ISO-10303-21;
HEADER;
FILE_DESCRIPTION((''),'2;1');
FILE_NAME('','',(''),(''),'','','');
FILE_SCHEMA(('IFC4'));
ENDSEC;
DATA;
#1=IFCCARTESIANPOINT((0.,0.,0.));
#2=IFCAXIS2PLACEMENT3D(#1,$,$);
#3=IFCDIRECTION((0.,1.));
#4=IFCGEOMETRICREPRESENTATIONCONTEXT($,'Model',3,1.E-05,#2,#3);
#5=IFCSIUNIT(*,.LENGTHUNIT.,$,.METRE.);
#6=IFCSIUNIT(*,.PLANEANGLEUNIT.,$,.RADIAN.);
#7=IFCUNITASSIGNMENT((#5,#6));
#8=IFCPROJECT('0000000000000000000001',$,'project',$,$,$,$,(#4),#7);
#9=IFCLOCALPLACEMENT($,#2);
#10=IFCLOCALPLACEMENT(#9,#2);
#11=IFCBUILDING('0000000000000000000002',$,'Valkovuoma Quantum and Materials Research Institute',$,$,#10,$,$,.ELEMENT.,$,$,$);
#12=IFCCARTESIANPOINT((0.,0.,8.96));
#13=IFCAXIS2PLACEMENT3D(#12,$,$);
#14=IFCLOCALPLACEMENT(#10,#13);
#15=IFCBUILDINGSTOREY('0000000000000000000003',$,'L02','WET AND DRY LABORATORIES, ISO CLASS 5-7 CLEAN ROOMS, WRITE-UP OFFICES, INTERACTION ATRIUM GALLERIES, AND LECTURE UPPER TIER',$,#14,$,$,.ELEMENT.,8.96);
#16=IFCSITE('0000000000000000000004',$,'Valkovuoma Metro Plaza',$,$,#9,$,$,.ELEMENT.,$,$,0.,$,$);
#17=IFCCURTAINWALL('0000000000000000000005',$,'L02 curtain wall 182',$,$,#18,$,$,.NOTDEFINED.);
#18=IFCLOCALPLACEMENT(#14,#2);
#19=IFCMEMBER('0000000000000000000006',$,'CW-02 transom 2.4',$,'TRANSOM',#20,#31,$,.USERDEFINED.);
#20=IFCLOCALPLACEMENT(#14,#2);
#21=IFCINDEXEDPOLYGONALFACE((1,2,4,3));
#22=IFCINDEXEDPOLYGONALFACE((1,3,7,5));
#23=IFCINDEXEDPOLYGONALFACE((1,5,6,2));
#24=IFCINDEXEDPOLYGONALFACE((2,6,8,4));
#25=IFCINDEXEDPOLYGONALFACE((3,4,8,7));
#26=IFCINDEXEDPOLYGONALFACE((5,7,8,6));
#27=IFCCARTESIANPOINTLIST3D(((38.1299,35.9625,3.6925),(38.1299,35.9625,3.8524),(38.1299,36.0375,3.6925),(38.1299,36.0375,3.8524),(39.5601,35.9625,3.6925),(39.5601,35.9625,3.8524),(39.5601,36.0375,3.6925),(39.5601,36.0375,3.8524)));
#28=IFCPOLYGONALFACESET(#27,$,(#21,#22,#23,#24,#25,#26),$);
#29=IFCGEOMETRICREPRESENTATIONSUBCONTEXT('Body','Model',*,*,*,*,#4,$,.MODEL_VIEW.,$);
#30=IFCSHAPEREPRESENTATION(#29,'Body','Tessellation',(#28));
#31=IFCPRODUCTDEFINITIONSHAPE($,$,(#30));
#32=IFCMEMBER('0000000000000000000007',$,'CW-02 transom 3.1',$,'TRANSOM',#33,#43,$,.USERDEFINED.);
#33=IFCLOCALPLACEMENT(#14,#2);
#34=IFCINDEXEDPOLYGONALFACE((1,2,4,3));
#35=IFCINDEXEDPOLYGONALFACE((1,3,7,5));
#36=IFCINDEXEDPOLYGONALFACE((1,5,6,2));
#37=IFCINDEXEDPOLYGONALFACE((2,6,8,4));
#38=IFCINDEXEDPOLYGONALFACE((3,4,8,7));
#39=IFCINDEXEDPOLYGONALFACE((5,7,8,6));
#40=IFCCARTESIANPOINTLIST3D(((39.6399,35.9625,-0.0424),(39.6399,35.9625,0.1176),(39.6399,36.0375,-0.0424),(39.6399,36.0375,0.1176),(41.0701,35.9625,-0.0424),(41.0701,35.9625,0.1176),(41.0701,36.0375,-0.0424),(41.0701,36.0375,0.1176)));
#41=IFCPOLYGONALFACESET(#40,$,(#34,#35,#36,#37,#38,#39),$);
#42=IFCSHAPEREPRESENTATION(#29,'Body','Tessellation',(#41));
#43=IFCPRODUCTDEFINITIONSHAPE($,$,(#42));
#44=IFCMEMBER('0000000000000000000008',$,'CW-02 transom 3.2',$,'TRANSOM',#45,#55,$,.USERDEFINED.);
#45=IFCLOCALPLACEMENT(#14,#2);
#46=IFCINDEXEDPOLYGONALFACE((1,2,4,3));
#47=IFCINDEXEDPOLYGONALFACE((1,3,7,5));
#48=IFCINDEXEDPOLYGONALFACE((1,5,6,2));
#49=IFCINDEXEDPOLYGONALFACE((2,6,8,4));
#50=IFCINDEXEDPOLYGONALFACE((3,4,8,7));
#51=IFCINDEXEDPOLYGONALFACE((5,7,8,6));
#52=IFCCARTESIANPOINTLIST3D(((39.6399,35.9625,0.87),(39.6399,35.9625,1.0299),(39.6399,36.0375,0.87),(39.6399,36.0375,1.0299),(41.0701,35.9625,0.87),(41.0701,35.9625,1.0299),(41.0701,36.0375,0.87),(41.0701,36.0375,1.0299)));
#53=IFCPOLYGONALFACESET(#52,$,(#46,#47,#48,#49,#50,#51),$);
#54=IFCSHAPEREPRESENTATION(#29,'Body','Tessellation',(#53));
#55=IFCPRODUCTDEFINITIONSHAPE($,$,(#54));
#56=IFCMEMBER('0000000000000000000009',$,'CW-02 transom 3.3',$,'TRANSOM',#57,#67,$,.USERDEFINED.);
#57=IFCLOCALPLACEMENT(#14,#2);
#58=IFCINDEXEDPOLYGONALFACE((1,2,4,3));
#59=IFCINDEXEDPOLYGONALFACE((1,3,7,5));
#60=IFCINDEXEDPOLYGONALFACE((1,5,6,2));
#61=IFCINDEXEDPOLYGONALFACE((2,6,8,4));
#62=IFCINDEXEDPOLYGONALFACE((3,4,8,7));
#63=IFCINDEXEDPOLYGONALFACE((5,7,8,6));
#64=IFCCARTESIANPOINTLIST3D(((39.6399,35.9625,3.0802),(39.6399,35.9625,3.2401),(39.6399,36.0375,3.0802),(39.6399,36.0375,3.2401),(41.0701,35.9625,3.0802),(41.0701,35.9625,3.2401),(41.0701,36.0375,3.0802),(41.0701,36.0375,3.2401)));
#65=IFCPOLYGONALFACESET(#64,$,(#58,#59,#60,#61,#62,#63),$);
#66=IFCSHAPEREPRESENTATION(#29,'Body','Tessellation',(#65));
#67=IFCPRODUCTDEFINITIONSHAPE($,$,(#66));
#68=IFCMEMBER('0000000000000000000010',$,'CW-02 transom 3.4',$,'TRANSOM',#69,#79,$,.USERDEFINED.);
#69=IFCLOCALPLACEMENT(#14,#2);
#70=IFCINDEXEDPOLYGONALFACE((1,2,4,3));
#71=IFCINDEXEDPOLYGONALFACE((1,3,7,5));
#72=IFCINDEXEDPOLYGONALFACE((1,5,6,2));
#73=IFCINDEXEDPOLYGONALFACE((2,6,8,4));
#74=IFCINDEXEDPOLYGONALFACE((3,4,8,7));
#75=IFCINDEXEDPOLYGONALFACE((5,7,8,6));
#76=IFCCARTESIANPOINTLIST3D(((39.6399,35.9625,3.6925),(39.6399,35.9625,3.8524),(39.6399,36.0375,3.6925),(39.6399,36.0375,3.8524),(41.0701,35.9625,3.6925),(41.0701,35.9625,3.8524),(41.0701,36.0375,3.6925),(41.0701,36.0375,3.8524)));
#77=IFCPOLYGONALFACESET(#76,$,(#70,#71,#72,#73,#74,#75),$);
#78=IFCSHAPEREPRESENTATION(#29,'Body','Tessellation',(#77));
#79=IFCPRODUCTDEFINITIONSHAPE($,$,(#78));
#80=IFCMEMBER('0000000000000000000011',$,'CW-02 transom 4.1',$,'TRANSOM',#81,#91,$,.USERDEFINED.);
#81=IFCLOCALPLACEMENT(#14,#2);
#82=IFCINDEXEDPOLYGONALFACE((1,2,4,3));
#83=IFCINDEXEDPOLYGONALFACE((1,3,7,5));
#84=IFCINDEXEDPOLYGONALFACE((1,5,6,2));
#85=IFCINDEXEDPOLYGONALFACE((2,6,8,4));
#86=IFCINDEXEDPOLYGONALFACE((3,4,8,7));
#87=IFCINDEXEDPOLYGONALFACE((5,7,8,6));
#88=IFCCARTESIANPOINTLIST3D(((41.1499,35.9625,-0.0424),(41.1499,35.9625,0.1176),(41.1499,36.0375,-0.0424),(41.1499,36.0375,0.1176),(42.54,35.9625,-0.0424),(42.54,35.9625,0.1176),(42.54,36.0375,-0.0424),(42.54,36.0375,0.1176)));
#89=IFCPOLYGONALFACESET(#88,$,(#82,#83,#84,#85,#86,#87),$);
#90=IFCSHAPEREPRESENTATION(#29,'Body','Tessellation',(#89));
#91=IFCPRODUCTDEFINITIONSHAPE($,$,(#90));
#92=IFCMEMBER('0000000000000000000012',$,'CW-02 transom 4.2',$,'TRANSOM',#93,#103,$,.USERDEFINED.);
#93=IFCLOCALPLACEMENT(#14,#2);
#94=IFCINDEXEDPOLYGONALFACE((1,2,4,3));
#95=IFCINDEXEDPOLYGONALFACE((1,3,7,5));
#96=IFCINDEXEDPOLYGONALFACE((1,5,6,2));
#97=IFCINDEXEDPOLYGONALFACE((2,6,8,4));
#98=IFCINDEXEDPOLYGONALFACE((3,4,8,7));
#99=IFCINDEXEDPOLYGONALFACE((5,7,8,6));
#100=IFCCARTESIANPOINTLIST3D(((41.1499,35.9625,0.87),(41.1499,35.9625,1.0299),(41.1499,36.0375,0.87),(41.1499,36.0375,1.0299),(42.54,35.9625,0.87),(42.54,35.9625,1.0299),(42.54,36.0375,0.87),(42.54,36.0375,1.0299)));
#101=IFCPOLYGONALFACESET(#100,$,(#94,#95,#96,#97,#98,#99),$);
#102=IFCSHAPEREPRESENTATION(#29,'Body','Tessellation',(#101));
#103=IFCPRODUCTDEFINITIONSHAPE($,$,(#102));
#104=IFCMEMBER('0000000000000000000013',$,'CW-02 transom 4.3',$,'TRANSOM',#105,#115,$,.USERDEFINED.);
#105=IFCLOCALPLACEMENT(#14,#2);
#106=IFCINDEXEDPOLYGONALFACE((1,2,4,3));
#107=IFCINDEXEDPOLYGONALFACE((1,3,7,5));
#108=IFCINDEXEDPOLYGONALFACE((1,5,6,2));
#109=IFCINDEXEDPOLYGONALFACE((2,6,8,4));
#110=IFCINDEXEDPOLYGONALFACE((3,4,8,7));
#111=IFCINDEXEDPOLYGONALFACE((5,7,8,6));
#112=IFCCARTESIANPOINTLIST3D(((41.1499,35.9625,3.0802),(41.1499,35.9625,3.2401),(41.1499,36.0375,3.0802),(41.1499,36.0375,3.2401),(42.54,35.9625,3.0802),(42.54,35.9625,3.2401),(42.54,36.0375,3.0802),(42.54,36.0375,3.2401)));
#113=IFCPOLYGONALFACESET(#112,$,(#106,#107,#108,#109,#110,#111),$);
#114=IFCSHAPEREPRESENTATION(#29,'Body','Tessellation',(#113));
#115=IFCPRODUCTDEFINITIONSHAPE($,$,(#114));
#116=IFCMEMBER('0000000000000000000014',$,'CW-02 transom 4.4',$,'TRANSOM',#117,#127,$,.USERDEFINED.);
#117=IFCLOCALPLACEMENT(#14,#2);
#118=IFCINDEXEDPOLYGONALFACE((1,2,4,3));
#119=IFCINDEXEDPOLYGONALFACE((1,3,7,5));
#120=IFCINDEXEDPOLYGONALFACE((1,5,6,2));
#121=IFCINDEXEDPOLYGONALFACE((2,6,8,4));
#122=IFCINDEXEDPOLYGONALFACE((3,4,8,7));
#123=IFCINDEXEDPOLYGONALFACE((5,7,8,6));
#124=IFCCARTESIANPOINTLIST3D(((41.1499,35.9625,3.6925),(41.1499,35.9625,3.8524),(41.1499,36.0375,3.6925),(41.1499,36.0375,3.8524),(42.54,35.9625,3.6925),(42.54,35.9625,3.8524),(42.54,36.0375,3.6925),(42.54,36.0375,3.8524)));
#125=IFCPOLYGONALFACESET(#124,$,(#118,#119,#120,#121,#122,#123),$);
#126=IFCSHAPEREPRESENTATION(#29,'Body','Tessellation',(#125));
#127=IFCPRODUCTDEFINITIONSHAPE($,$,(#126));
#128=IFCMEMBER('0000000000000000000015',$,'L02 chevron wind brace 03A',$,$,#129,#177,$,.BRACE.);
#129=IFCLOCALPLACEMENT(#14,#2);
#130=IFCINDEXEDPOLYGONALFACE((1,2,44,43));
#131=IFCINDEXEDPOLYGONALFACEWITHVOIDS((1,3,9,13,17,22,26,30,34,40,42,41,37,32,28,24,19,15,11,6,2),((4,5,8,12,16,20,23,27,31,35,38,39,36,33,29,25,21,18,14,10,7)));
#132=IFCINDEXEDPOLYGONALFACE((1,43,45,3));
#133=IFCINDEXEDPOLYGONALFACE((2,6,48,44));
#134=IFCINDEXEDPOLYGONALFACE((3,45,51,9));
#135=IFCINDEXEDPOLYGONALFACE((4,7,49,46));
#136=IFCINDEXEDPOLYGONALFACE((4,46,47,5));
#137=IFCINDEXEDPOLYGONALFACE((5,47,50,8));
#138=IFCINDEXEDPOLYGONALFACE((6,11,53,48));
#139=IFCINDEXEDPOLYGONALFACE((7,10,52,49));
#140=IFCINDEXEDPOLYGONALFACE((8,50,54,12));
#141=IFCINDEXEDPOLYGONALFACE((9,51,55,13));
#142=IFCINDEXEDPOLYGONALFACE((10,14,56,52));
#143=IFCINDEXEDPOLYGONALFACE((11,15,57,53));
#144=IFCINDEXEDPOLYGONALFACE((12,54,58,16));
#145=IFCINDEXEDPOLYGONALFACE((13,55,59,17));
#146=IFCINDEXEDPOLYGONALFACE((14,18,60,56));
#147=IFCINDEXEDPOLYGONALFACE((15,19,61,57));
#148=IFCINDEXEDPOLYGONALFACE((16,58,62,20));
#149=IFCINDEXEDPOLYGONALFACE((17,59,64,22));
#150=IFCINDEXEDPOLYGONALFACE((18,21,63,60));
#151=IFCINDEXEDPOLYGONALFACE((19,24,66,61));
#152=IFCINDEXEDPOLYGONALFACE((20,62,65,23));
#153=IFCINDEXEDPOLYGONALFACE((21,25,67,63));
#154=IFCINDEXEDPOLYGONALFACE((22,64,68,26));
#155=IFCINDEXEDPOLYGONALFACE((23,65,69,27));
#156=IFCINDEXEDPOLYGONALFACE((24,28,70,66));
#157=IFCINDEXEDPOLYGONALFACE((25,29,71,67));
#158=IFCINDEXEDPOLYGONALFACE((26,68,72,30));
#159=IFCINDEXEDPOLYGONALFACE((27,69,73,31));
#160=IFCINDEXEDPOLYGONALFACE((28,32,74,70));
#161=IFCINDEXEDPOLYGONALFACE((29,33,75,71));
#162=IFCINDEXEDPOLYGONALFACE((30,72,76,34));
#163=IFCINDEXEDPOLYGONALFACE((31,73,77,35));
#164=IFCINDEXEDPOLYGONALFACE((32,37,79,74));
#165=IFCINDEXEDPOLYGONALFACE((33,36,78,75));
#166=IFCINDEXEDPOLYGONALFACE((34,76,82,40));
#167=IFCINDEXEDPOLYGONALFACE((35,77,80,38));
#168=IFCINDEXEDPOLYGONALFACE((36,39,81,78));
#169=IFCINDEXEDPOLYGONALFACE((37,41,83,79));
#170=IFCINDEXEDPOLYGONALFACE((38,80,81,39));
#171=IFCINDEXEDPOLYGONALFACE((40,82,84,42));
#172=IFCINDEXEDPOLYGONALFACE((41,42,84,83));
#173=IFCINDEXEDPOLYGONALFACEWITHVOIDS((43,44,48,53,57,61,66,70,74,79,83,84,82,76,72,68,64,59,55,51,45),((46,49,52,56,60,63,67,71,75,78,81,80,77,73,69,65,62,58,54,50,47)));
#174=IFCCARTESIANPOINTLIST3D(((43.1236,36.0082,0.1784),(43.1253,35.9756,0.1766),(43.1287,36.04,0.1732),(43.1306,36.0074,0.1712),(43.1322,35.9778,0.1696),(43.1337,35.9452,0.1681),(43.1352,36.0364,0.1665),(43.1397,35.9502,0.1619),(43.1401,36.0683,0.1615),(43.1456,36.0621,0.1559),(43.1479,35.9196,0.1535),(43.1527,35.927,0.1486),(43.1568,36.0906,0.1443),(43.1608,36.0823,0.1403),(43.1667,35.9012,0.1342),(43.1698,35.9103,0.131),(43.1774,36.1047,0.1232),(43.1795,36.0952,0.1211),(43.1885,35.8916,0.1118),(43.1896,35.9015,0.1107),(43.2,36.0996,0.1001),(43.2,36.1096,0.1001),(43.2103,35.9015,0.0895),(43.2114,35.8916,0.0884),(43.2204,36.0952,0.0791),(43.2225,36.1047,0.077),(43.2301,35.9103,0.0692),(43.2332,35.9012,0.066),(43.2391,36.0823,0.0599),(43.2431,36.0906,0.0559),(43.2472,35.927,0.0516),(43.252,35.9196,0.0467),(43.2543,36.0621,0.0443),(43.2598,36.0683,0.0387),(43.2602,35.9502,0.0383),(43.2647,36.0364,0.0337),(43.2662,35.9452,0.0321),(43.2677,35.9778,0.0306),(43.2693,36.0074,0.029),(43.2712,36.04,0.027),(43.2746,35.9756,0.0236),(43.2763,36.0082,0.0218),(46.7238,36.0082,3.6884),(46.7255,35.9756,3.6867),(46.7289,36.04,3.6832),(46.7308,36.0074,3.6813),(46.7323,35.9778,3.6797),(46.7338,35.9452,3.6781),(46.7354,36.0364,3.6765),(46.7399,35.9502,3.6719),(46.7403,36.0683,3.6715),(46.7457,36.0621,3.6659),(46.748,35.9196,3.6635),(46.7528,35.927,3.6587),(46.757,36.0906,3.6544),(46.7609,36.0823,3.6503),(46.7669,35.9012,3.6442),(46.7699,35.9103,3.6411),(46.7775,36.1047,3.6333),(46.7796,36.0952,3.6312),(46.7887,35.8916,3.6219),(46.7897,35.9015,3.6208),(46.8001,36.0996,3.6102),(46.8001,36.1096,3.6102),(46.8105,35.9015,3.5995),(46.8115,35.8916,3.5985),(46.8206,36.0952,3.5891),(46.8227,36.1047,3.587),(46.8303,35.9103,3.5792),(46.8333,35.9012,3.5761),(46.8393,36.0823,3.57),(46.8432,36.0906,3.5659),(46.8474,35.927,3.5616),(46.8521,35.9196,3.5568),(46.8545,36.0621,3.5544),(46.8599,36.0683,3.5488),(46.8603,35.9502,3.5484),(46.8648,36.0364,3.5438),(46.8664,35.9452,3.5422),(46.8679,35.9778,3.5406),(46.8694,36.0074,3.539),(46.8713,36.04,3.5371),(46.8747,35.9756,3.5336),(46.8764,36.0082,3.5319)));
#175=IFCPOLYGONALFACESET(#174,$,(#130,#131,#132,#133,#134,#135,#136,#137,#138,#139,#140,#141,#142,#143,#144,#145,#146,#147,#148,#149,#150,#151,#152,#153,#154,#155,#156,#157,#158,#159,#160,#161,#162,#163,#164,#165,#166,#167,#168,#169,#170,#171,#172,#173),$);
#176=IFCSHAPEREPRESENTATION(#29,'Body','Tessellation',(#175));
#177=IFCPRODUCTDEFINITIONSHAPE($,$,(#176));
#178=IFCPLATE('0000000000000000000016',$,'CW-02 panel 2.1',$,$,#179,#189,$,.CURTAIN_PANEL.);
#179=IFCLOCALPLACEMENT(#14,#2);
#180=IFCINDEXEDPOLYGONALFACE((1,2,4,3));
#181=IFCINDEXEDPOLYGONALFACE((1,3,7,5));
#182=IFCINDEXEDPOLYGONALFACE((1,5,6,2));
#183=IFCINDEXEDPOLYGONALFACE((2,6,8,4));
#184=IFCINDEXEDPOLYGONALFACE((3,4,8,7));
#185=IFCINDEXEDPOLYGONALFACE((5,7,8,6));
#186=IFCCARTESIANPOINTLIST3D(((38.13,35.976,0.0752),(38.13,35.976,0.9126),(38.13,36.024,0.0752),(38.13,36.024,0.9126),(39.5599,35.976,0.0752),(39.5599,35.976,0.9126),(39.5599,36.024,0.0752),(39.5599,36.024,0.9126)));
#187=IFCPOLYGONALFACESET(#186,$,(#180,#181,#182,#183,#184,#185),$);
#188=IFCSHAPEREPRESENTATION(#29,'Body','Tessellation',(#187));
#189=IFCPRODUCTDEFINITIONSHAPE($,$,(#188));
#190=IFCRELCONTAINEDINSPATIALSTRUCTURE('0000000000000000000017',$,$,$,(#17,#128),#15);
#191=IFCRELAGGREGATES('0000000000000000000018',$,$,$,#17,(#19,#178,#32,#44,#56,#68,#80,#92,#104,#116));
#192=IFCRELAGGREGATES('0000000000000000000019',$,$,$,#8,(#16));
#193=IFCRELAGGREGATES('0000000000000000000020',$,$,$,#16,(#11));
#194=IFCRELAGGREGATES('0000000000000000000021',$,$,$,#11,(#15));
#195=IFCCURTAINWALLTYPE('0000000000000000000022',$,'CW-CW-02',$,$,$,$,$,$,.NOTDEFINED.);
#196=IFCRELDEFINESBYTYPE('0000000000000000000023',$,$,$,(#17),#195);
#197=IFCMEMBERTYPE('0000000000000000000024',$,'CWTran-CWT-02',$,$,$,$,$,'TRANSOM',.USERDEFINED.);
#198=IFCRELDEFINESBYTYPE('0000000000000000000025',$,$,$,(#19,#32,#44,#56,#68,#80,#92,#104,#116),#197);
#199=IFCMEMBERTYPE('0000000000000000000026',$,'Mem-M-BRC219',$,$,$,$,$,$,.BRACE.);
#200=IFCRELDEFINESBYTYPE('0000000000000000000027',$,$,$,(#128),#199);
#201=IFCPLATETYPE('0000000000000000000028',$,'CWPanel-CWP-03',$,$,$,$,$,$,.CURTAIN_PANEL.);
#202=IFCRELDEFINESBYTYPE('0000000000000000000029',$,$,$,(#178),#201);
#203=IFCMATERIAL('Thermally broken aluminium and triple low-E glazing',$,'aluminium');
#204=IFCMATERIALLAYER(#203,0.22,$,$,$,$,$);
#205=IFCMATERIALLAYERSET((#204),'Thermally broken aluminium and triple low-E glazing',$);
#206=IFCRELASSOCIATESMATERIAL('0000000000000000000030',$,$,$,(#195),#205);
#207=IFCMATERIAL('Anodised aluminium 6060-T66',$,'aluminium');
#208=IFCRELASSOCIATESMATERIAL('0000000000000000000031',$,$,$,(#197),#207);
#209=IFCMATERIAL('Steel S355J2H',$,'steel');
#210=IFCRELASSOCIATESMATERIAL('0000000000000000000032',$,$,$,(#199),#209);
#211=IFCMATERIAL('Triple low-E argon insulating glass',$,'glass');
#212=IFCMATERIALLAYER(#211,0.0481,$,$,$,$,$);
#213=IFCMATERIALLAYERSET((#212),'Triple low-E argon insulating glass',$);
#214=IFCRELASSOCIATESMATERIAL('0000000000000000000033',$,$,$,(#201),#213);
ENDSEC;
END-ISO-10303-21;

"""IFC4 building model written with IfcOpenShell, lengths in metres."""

from ifc_helpers import new_model, si_unit, direction, frame, origin, origin_2d, place, context, subcontext, project, spatial, rectangle, hollow_circle, extrude, material, layer, layer_set, material_profile, profile_set, type_object, element, aggregate, save


model = new_model("IFC4")

# Units and contexts
model_context = context("Model", 3, precision=1e-05, world=origin(), true_north=direction((0.0, 1.0)))
body_context = subcontext(model_context, "Body", "Model", "MODEL_VIEW")
ifc_project = project(units=[si_unit("LENGTHUNIT", "METRE"), si_unit("PLANEANGLEUNIT", "RADIAN")], contexts=[model_context])

# Site, building, storey
site_placement = place(None, origin())
site = spatial("IfcSite", under=ifc_project, at=site_placement, Name="Valkovuoma Metro Plaza", CompositionType="ELEMENT", RefElevation=0.0)
building_placement = place(site_placement, origin())
building = spatial("IfcBuilding", under=site, at=building_placement, Name="Valkovuoma Quantum and Materials Research Institute", CompositionType="ELEMENT")
storey_placement = place(building_placement, frame((0.0, 0.0, 8.96)))
storey = spatial("IfcBuildingStorey", under=building, at=storey_placement, Name="L02", Description="WET AND DRY LABORATORIES, ISO CLASS 5-7 CLEAN ROOMS, WRITE-UP OFFICES, INTERACTION ATRIUM GALLERIES, AND LECTURE UPPER TIER", CompositionType="ELEMENT", Elevation=8.96)

# Curtain wall
ifc_material_1 = material(Name="Thermally broken aluminium and triple low-E glazing", Category="aluminium")
ifc_layer_1 = layer(ifc_material_1, 0.22)
ifc_layer_set_1 = layer_set([ifc_layer_1], Name="Thermally broken aluminium and triple low-E glazing")
curtain_wall_type = type_object("IfcCurtainWallType", Name="CW-CW-02", PredefinedType="NOTDEFINED", material=ifc_layer_set_1)
curtain_wall_1_placement = place(storey_placement, origin())
curtain_wall_1 = element("IfcCurtainWall", 1, at=curtain_wall_1_placement, inside=storey, type_object=curtain_wall_type, Name="L02 curtain wall 182", PredefinedType="NOTDEFINED")

# Members
ifc_material_2 = material(Name="Anodised aluminium 6060-T66", Category="aluminium")
ifc_material_profile_1 = material_profile(ifc_material_2, rectangle(XDim=0.075, YDim=0.1599, at=origin_2d()), Name="Anodised aluminium 6060-T66")
ifc_profile_set_1 = profile_set([ifc_material_profile_1], Name="Anodised aluminium 6060-T66")
member_type_1 = type_object("IfcMemberType", Name="CWTran-CWT-02", ElementType="TRANSOM", PredefinedType="USERDEFINED", material=ifc_profile_set_1)
member_1_placement = place(storey_placement, frame((38.1299, 36.0, 3.7725), z_axis=(1.0, 0.0, 0.0), x_axis=(0.0, 1.0, 0.0)))
member_1 = element("IfcMember", 2, at=member_1_placement, type_object=member_type_1, Name="CW-02 transom 2.4", ObjectType="TRANSOM", PredefinedType="USERDEFINED", context=body_context, shape_type="SweptSolid", body=[
    extrude(rectangle(XDim=0.075, YDim=0.1599, at=origin_2d()), origin(), (0.0, 0.0, 1.0), 1.4302),
])
member_2_placement = place(storey_placement, frame((39.6399, 36.0, 0.0376), z_axis=(1.0, 0.0, 0.0), x_axis=(0.0, 1.0, 0.0)))
member_2 = element("IfcMember", 3, at=member_2_placement, type_object=member_type_1, Name="CW-02 transom 3.1", ObjectType="TRANSOM", PredefinedType="USERDEFINED", context=body_context, shape_type="SweptSolid", body=[
    extrude(rectangle(XDim=0.075, YDim=0.1599, at=origin_2d()), origin(), (0.0, 0.0, 1.0), 1.4302),
])
member_3_placement = place(storey_placement, frame((39.6399, 36.0, 0.95), z_axis=(1.0, 0.0, 0.0), x_axis=(0.0, 1.0, 0.0)))
member_3 = element("IfcMember", 4, at=member_3_placement, type_object=member_type_1, Name="CW-02 transom 3.2", ObjectType="TRANSOM", PredefinedType="USERDEFINED", context=body_context, shape_type="SweptSolid", body=[
    extrude(rectangle(XDim=0.075, YDim=0.1599, at=origin_2d()), origin(), (0.0, 0.0, 1.0), 1.4302),
])
member_4_placement = place(storey_placement, frame((39.6399, 36.0, 3.1602), z_axis=(1.0, 0.0, 0.0), x_axis=(0.0, 1.0, 0.0)))
member_4 = element("IfcMember", 5, at=member_4_placement, type_object=member_type_1, Name="CW-02 transom 3.3", ObjectType="TRANSOM", PredefinedType="USERDEFINED", context=body_context, shape_type="SweptSolid", body=[
    extrude(rectangle(XDim=0.075, YDim=0.1599, at=origin_2d()), origin(), (0.0, 0.0, 1.0), 1.4302),
])
member_5_placement = place(storey_placement, frame((39.6399, 36.0, 3.7725), z_axis=(1.0, 0.0, 0.0), x_axis=(0.0, 1.0, 0.0)))
member_5 = element("IfcMember", 6, at=member_5_placement, type_object=member_type_1, Name="CW-02 transom 3.4", ObjectType="TRANSOM", PredefinedType="USERDEFINED", context=body_context, shape_type="SweptSolid", body=[
    extrude(rectangle(XDim=0.075, YDim=0.1599, at=origin_2d()), origin(), (0.0, 0.0, 1.0), 1.4302),
])
member_6_placement = place(storey_placement, frame((41.1499, 36.0, 0.0376), z_axis=(1.0, 0.0, 0.0), x_axis=(0.0, 1.0, 0.0)))
member_6 = element("IfcMember", 7, at=member_6_placement, type_object=member_type_1, Name="CW-02 transom 4.1", ObjectType="TRANSOM", PredefinedType="USERDEFINED", context=body_context, shape_type="SweptSolid", body=[
    extrude(rectangle(XDim=0.075, YDim=0.1599, at=origin_2d()), origin(), (0.0, 0.0, 1.0), 1.3901),
])
member_7_placement = place(storey_placement, frame((41.1499, 36.0, 0.95), z_axis=(1.0, 0.0, 0.0), x_axis=(0.0, 1.0, 0.0)))
member_7 = element("IfcMember", 8, at=member_7_placement, type_object=member_type_1, Name="CW-02 transom 4.2", ObjectType="TRANSOM", PredefinedType="USERDEFINED", context=body_context, shape_type="SweptSolid", body=[
    extrude(rectangle(XDim=0.075, YDim=0.1599, at=origin_2d()), origin(), (0.0, 0.0, 1.0), 1.3901),
])
member_8_placement = place(storey_placement, frame((41.1499, 36.0, 3.1602), z_axis=(1.0, 0.0, 0.0), x_axis=(0.0, 1.0, 0.0)))
member_8 = element("IfcMember", 9, at=member_8_placement, type_object=member_type_1, Name="CW-02 transom 4.3", ObjectType="TRANSOM", PredefinedType="USERDEFINED", context=body_context, shape_type="SweptSolid", body=[
    extrude(rectangle(XDim=0.075, YDim=0.1599, at=origin_2d()), origin(), (0.0, 0.0, 1.0), 1.3901),
])
member_9_placement = place(storey_placement, frame((41.1499, 36.0, 3.7725), z_axis=(1.0, 0.0, 0.0), x_axis=(0.0, 1.0, 0.0)))
member_9 = element("IfcMember", 10, at=member_9_placement, type_object=member_type_1, Name="CW-02 transom 4.4", ObjectType="TRANSOM", PredefinedType="USERDEFINED", context=body_context, shape_type="SweptSolid", body=[
    extrude(rectangle(XDim=0.075, YDim=0.1599, at=origin_2d()), origin(), (0.0, 0.0, 1.0), 1.3901),
])
ifc_material_3 = material(Name="Steel S355J2H", Category="steel")
ifc_material_profile_2 = material_profile(ifc_material_3, hollow_circle(Radius=0.1096, WallThickness=0.01, at=origin_2d()), Name="Steel S355J2H")
ifc_profile_set_2 = profile_set([ifc_material_profile_2], Name="Steel S355J2H")
member_type_2 = type_object("IfcMemberType", Name="Mem-M-BRC219", PredefinedType="BRACE", material=ifc_profile_set_2)
member_10_placement = place(storey_placement, frame((43.2, 36.0, 0.1001), z_axis=(0.716009, 0.0, 0.698091), x_axis=(0.0, 1.0, 0.0)))
element("IfcMember", 11, at=member_10_placement, inside=storey, type_object=member_type_2, Name="L02 chevron wind brace 03A", PredefinedType="BRACE", context=body_context, shape_type="SweptSolid", body=[
    extrude(hollow_circle(Radius=0.1096, WallThickness=0.01, at=origin_2d()), origin(), (0.0, 0.0, 1.0), 5.0281),
])

# Plate
ifc_material_4 = material(Name="Triple low-E argon insulating glass", Category="glass")
ifc_layer_2 = layer(ifc_material_4, 0.0481)
ifc_layer_set_2 = layer_set([ifc_layer_2], Name="Triple low-E argon insulating glass")
plate_type_1 = type_object("IfcPlateType", Name="CWPanel-CWP-03", PredefinedType="CURTAIN_PANEL", material=ifc_layer_set_2)
plate_1_placement = place(storey_placement, frame((38.845, 36.0, 0.0752), z_axis=(0.0, 0.0, 1.0), x_axis=(1.0, 0.0, 0.0)))
plate_1 = element("IfcPlate", 12, at=plate_1_placement, type_object=plate_type_1, Name="CW-02 panel 2.1", PredefinedType="CURTAIN_PANEL", context=body_context, shape_type="SweptSolid", body=[
    extrude(rectangle(XDim=1.4299, YDim=0.0481, at=origin_2d()), origin(), (0.0, 0.0, 1.0), 0.8374),
])
aggregate(curtain_wall_1, [member_1, plate_1, member_2, member_3, member_4, member_5, member_6, member_7, member_8, member_9])

save(model, "model.ifc")
